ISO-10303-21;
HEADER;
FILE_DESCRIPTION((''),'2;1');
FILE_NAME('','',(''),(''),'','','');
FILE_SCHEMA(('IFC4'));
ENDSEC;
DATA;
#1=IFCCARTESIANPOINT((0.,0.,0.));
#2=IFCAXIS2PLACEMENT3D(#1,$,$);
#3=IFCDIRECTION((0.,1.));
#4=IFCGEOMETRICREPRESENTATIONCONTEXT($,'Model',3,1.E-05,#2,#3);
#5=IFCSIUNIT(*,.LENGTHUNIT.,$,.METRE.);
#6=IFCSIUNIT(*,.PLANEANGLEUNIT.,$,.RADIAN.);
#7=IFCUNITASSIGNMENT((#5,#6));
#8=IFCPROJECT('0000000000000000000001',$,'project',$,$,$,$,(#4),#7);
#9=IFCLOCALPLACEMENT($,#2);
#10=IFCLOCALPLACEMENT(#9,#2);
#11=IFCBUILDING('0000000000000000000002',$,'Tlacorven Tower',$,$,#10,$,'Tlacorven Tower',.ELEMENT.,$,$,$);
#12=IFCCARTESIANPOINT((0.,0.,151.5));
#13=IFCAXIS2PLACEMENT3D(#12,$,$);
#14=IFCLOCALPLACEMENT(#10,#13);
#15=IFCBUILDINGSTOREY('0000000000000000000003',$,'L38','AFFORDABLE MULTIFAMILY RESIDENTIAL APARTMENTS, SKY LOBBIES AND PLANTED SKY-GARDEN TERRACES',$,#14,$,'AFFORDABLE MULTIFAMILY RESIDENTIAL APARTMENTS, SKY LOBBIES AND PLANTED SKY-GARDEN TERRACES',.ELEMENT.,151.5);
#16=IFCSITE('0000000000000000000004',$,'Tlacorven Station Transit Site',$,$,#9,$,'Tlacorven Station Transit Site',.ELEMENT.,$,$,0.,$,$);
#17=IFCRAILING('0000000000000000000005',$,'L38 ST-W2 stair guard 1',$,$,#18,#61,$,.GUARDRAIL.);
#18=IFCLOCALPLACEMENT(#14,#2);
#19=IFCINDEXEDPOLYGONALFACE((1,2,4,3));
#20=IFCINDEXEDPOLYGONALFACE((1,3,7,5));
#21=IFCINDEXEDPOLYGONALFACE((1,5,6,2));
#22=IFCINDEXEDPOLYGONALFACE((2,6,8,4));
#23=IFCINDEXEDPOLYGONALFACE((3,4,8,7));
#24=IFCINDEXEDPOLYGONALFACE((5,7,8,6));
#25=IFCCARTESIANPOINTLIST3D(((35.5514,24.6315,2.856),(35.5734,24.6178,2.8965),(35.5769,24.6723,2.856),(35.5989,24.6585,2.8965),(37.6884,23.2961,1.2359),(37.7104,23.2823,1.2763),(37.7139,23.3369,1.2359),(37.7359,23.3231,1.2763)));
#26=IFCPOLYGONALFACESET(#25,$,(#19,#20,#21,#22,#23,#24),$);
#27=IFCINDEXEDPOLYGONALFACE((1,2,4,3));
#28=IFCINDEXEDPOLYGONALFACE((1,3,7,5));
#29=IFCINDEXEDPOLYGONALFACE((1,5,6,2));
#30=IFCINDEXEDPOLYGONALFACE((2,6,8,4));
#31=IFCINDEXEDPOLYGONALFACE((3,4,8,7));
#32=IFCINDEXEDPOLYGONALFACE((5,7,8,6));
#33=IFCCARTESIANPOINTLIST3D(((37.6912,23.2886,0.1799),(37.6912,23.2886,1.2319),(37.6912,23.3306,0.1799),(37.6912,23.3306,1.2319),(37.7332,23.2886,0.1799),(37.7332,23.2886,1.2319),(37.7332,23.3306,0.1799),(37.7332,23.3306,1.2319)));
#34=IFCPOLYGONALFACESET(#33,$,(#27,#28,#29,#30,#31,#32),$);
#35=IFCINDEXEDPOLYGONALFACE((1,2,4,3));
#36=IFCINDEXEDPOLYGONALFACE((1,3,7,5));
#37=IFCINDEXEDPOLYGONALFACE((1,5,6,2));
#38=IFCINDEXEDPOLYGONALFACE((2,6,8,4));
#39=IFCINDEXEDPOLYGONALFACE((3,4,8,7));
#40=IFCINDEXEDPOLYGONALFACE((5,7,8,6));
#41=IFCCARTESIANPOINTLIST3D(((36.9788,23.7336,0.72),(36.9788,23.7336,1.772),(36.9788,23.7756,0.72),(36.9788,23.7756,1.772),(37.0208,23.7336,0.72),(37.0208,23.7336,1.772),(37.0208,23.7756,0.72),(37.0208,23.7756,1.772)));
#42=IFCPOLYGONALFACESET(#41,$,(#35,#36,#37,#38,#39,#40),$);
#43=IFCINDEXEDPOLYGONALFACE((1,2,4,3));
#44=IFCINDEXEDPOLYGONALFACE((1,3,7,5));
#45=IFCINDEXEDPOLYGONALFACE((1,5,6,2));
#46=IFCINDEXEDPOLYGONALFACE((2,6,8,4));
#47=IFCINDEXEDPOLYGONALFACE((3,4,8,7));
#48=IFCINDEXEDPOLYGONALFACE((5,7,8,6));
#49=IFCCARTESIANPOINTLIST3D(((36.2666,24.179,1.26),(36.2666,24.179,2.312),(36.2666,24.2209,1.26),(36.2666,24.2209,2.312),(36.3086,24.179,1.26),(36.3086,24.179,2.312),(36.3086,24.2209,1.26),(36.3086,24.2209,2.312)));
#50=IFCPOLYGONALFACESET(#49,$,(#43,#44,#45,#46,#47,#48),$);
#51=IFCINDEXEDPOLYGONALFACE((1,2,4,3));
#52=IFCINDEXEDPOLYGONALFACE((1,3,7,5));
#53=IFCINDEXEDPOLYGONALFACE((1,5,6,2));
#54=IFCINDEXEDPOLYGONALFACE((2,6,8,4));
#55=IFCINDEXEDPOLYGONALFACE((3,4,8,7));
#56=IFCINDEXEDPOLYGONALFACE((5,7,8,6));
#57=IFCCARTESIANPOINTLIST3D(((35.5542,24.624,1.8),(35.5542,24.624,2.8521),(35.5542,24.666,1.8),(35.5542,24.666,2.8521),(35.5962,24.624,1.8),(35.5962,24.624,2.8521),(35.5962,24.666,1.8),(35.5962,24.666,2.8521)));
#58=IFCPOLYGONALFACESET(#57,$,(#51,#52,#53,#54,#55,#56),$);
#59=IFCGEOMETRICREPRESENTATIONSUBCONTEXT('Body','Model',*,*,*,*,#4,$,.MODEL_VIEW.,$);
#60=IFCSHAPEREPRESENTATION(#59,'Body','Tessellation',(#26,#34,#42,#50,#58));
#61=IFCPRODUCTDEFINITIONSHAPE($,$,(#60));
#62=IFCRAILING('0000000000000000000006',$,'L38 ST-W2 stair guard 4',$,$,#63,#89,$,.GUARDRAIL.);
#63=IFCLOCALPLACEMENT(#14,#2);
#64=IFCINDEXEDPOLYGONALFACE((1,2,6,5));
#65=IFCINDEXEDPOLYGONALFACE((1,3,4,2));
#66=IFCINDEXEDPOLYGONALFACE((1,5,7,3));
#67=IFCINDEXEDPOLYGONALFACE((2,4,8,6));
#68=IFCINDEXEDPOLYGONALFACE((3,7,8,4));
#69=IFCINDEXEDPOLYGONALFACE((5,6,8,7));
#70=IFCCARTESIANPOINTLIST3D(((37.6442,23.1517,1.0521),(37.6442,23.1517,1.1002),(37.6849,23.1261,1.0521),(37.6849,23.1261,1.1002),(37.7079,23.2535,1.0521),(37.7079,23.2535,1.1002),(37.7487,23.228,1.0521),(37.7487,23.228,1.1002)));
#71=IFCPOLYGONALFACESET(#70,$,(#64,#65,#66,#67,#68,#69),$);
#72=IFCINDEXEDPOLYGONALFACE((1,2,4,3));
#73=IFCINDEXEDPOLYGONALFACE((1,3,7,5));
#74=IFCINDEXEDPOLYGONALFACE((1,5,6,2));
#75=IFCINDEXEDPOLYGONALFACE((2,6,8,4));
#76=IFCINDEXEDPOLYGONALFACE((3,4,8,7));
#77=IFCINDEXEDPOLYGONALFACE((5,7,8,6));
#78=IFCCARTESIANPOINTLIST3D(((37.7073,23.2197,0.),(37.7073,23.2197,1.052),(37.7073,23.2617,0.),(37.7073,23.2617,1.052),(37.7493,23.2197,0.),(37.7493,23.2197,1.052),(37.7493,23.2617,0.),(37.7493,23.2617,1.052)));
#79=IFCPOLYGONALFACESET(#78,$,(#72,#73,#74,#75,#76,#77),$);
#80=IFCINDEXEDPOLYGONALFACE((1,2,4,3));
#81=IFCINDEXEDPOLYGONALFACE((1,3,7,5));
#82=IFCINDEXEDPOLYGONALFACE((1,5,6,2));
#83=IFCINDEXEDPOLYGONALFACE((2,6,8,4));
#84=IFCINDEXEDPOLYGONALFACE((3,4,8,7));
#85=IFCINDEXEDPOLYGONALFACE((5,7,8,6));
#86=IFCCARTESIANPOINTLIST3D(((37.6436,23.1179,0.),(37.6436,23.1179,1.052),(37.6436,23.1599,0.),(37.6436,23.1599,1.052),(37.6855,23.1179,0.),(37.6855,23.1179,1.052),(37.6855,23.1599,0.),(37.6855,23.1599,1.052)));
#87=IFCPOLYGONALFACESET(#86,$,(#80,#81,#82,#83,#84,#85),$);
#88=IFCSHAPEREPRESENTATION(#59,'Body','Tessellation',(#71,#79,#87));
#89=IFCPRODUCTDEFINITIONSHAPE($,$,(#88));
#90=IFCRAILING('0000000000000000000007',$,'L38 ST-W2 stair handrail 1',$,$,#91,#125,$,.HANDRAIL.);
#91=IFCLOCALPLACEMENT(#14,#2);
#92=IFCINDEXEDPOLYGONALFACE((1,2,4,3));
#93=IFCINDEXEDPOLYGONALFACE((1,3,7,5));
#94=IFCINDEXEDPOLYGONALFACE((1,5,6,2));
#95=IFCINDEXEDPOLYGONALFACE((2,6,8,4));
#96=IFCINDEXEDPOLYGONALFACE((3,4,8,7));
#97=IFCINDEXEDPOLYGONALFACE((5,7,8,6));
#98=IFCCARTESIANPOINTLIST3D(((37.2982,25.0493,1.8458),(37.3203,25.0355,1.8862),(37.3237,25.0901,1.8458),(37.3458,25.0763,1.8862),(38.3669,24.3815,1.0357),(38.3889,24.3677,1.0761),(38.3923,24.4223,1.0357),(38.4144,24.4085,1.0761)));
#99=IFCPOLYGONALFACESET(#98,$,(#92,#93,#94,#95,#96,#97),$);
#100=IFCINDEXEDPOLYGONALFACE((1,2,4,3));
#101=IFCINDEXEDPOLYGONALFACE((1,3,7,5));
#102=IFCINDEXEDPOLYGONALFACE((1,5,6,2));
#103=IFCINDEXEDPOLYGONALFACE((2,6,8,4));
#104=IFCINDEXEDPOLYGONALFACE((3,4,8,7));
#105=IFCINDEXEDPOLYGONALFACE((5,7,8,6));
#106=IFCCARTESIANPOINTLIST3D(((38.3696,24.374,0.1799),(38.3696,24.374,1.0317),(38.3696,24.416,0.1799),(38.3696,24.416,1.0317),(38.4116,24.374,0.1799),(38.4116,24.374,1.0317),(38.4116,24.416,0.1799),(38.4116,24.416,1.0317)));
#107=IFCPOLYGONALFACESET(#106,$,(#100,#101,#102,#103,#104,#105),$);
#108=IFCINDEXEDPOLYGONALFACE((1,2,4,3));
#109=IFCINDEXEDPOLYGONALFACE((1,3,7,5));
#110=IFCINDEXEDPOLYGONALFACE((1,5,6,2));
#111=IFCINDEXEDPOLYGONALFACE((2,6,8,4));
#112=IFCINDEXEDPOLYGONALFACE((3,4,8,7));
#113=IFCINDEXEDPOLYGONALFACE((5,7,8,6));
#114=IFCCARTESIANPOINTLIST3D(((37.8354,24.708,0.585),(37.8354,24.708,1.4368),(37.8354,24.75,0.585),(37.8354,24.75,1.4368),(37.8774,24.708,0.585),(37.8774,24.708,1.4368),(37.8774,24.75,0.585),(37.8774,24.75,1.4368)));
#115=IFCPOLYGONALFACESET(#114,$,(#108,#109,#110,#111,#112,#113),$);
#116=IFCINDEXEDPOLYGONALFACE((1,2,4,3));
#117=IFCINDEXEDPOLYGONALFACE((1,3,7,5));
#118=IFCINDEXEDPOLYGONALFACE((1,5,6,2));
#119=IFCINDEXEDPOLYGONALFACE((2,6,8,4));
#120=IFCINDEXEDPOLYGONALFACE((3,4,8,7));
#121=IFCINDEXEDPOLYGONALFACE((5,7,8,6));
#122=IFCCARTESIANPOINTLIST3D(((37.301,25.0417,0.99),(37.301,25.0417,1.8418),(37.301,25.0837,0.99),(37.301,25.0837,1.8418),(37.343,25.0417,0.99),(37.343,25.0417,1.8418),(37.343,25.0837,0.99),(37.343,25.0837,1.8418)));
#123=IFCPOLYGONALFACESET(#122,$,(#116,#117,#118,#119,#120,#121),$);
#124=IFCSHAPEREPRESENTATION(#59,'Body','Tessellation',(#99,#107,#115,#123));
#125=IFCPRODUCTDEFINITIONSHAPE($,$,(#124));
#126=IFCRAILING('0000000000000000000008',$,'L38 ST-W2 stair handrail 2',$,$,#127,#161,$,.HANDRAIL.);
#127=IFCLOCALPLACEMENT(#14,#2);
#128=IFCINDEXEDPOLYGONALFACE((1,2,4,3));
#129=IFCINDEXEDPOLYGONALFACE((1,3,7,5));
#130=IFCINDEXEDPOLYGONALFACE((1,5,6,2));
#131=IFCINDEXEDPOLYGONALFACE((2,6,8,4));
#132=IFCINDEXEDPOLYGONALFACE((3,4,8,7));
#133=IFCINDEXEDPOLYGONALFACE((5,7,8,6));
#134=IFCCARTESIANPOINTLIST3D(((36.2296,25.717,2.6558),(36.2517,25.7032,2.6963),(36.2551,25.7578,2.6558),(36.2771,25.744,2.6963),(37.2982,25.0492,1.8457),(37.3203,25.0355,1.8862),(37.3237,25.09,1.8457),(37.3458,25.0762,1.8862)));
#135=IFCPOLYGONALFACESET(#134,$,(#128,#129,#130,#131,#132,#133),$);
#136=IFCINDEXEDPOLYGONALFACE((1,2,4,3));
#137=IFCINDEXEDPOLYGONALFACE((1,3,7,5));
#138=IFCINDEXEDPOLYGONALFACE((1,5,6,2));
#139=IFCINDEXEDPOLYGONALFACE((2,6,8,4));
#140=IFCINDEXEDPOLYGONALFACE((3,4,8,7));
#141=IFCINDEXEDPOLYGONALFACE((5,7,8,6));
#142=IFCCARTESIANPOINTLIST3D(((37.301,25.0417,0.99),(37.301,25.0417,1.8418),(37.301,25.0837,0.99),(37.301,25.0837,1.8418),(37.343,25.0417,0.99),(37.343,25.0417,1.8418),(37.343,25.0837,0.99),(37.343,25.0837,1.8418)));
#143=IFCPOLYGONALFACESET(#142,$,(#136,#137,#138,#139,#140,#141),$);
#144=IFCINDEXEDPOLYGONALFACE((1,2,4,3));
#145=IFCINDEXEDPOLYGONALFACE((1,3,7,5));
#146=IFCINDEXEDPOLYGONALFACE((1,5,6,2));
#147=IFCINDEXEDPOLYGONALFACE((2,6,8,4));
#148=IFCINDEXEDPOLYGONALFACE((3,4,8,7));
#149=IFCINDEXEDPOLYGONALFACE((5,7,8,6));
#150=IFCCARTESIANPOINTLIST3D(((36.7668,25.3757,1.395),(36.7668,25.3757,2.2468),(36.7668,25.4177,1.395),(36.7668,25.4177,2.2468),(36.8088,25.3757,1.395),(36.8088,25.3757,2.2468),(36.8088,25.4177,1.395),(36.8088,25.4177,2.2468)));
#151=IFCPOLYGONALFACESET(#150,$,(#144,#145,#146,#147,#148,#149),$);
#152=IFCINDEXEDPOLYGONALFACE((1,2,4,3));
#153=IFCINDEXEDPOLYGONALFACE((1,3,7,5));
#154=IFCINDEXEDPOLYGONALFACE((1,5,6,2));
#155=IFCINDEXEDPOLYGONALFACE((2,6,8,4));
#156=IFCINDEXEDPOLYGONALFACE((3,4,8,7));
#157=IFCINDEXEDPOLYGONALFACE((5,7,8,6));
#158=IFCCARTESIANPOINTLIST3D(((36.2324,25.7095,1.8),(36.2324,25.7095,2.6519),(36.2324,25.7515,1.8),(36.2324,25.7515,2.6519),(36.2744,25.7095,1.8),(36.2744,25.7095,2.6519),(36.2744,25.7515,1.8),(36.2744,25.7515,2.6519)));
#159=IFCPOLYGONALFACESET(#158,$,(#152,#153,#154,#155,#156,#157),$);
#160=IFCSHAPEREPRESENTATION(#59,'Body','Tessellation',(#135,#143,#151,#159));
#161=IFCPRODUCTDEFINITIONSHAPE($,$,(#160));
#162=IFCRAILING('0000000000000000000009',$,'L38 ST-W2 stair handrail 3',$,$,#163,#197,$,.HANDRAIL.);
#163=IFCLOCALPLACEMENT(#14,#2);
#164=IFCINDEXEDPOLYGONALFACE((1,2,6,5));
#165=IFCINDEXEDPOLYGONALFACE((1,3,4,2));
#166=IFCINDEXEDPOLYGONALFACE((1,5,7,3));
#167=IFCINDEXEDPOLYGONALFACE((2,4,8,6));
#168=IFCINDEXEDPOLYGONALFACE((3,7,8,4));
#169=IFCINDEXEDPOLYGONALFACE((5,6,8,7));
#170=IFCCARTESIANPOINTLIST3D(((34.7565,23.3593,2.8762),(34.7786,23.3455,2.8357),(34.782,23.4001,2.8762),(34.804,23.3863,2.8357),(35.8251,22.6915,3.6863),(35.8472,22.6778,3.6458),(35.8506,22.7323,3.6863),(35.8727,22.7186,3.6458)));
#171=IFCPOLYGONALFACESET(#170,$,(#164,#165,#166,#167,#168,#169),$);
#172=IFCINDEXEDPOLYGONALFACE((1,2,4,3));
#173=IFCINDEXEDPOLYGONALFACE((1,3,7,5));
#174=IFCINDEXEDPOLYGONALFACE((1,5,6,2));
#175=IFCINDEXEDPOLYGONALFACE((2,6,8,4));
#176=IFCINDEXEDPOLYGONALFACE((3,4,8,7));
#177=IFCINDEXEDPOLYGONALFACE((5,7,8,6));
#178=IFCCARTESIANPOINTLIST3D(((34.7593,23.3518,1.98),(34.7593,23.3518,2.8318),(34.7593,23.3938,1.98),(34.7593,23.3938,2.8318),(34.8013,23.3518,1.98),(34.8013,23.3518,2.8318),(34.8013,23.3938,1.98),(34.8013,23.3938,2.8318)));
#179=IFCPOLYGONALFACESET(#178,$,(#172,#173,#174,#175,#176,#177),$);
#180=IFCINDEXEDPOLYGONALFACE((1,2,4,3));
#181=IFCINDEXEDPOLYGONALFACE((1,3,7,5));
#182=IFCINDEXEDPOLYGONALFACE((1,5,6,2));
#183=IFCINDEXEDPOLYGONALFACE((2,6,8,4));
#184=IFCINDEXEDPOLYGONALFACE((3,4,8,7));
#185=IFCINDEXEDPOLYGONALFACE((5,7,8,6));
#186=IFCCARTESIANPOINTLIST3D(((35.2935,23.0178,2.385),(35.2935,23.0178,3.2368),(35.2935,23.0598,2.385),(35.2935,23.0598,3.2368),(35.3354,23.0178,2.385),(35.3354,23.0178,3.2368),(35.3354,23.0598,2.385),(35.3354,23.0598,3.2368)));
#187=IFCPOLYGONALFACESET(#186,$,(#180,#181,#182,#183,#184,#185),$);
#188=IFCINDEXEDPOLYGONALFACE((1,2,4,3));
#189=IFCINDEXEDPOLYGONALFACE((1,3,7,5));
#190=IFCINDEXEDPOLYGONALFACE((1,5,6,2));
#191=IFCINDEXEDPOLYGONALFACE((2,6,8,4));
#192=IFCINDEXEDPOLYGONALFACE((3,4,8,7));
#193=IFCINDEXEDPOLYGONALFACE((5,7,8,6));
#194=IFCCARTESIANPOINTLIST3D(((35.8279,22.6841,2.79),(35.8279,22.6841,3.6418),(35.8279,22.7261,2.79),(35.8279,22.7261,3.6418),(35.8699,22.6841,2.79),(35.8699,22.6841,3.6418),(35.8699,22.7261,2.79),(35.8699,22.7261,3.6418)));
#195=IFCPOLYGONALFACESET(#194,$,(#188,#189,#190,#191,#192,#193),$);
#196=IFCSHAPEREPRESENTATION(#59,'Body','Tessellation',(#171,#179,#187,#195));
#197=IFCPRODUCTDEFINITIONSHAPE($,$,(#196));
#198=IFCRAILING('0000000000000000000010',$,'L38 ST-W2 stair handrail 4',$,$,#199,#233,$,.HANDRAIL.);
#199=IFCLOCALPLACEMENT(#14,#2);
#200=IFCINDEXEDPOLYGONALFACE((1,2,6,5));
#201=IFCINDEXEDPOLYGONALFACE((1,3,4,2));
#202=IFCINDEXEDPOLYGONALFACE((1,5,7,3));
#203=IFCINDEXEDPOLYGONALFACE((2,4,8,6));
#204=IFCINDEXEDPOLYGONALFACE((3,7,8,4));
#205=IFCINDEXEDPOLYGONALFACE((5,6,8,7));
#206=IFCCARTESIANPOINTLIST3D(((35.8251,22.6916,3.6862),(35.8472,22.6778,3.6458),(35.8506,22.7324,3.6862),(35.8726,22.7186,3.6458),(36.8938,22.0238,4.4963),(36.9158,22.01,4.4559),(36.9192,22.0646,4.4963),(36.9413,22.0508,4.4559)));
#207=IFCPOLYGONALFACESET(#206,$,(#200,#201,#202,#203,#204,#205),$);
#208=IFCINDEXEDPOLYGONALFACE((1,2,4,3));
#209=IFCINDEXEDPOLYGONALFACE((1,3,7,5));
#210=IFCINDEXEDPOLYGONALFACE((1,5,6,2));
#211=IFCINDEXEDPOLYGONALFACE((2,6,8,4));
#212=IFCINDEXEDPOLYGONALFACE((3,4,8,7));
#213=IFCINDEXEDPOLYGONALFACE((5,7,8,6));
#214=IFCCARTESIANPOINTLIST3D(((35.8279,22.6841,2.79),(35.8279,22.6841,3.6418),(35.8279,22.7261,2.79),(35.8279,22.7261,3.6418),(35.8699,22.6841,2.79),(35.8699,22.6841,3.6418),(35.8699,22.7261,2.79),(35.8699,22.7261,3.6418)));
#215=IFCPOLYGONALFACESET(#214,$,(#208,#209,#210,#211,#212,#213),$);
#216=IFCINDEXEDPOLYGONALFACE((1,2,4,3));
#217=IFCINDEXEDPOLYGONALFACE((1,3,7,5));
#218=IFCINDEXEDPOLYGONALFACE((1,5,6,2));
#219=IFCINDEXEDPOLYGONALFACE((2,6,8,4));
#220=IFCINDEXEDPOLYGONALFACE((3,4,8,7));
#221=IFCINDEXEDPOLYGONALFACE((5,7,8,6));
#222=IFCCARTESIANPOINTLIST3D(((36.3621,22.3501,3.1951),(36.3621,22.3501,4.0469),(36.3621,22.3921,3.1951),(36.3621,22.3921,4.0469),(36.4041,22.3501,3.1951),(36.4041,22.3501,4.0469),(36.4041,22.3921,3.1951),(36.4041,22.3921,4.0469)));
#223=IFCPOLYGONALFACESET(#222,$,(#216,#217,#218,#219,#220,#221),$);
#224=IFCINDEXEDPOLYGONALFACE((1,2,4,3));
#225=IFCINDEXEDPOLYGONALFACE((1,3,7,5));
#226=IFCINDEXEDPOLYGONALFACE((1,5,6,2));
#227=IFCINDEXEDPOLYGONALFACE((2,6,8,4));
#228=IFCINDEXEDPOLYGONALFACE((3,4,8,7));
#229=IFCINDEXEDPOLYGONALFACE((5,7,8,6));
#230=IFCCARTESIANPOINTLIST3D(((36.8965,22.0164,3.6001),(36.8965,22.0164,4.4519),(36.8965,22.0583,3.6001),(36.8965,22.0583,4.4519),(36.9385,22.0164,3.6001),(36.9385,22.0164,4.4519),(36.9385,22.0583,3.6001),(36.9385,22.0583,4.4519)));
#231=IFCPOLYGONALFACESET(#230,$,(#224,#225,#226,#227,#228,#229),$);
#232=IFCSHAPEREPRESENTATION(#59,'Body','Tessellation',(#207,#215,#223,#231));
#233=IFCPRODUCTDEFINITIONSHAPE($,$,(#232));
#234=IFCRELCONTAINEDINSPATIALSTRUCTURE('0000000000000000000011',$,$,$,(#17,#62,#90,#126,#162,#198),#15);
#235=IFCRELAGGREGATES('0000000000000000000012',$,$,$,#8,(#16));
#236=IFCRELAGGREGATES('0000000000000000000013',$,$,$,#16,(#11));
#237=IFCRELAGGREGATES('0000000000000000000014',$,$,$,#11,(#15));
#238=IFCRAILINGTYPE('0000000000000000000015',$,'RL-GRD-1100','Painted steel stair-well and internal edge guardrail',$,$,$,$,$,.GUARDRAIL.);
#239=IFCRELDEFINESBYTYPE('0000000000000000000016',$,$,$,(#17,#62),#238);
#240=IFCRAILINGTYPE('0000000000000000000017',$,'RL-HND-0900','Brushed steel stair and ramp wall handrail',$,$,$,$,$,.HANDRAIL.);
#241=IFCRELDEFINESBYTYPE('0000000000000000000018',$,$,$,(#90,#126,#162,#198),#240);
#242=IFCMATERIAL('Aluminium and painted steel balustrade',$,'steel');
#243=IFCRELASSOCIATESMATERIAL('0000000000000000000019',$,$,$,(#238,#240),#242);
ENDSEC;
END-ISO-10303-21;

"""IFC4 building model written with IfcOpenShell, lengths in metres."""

from ifc_helpers import new_model, si_unit, direction, frame, origin, origin_2d, place, context, subcontext, project, spatial, rectangle, extrude, source, transform, mapped, material, type_object, element, save


model = new_model("IFC4")

# Units and contexts
model_context = context("Model", 3, precision=1e-05, world=origin(), true_north=direction((0.0, 1.0)))
body_context = subcontext(model_context, "Body", "Model", "MODEL_VIEW")
ifc_project = project(units=[si_unit("LENGTHUNIT", "METRE"), si_unit("PLANEANGLEUNIT", "RADIAN")], contexts=[model_context])

# Site, building, storey
site_placement = place(None, origin())
site = spatial("IfcSite", under=ifc_project, at=site_placement, Name="Tlacorven Station Transit Site", LongName="Tlacorven Station Transit Site", CompositionType="ELEMENT", RefElevation=0.0)
building_placement = place(site_placement, origin())
building = spatial("IfcBuilding", under=site, at=building_placement, Name="Tlacorven Tower", LongName="Tlacorven Tower", CompositionType="ELEMENT")
storey_placement = place(building_placement, frame((0.0, 0.0, 151.5)))
storey = spatial("IfcBuildingStorey", under=building, at=storey_placement, Name="L38", Description="AFFORDABLE MULTIFAMILY RESIDENTIAL APARTMENTS, SKY LOBBIES AND PLANTED SKY-GARDEN TERRACES", LongName="AFFORDABLE MULTIFAMILY RESIDENTIAL APARTMENTS, SKY LOBBIES AND PLANTED SKY-GARDEN TERRACES", CompositionType="ELEMENT", Elevation=151.5)

# Railings
ifc_material_1 = material(Name="Aluminium and painted steel balustrade", Category="steel")
railing_type_1 = type_object("IfcRailingType", Name="RL-GRD-1100", Description="Painted steel stair-well and internal edge guardrail", PredefinedType="GUARDRAIL", material=ifc_material_1)
shared_shape_1 = source(origin(), body_context, "Body", "SweptSolid", [
    extrude(rectangle(XDim=0.0481, YDim=0.0481, at=origin_2d()), frame((0.0, 0.0, 1.0762), z_axis=(-0.71332, 0.445774, 0.540796), x_axis=(-0.529955, -0.848026, 0.0)), (0.0, 0.0, 1.0), 2.9958),
    extrude(rectangle(XDim=0.042, YDim=0.042, at=origin_2d()), origin(), (0.0, 0.0, 1.0), 1.052),
    extrude(rectangle(XDim=0.042, YDim=0.042, at=origin_2d()), frame((-0.7124, 0.4451, 0.54)), (0.0, 0.0, 1.0), 1.052),
    extrude(rectangle(XDim=0.042, YDim=0.042, at=origin_2d()), frame((-1.4246, 0.8904, 1.0801)), (0.0, 0.0, 1.0), 1.052),
    extrude(rectangle(XDim=0.042, YDim=0.042, at=origin_2d()), frame((-2.137, 1.3354, 1.6201)), (0.0, 0.0, 1.0), 1.052),
])
railing_1_placement = place(storey_placement, frame((37.7122, 23.3096, 0.1799)))
element("IfcRailing", 1, at=railing_1_placement, inside=storey, type_object=railing_type_1, Name="L38 ST-W2 stair guard 1", PredefinedType="GUARDRAIL", context=body_context, shape_type="MappedRepresentation", body=[
    mapped(shared_shape_1, transform((0.0, 0.0, 0.0), scale=1.0)),
])
shared_shape_2 = source(origin(), body_context, "Body", "SweptSolid", [
    extrude(rectangle(XDim=0.0481, YDim=0.0481, at=origin_2d()), frame((0.0, 0.0, 1.0762), z_axis=(-0.530547, -0.847656, 0.0), x_axis=(0.847656, -0.530547, 0.0)), (0.0, 0.0, 1.0), 0.1201),
    extrude(rectangle(XDim=0.042, YDim=0.042, at=origin_2d()), origin(), (0.0, 0.0, 1.0), 1.052),
    extrude(rectangle(XDim=0.042, YDim=0.042, at=origin_2d()), frame((-0.0637, -0.1018, 0.0)), (0.0, 0.0, 1.0), 1.052),
])
railing_2_placement = place(storey_placement, frame((37.7283, 23.2407, 0.0)))
element("IfcRailing", 2, at=railing_2_placement, inside=storey, type_object=railing_type_1, Name="L38 ST-W2 stair guard 4", PredefinedType="GUARDRAIL", context=body_context, shape_type="MappedRepresentation", body=[
    mapped(shared_shape_2, transform((0.0, 0.0, 0.0), scale=1.0)),
])
railing_type_2 = type_object("IfcRailingType", Name="RL-HND-0900", Description="Brushed steel stair and ramp wall handrail", PredefinedType="HANDRAIL", material=ifc_material_1)
shared_shape_3 = source(origin(), body_context, "Body", "SweptSolid", [
    extrude(rectangle(XDim=0.0481, YDim=0.0481, at=origin_2d()), frame((0.0, 0.0, 0.876), z_axis=(-0.71336, 0.445748, 0.540765), x_axis=(-0.529912, -0.848053, 0.0)), (0.0, 0.0, 1.0), 1.498),
    extrude(rectangle(XDim=0.042, YDim=0.042, at=origin_2d()), origin(), (0.0, 0.0, 1.0), 0.8518),
    extrude(rectangle(XDim=0.042, YDim=0.042, at=origin_2d()), frame((-0.5342, 0.334, 0.405)), (0.0, 0.0, 1.0), 0.8518),
    extrude(rectangle(XDim=0.042, YDim=0.042, at=origin_2d()), frame((-1.0686, 0.6677, 0.8101)), (0.0, 0.0, 1.0), 0.8518),
])
for number, where, name in (
    (3, (38.3906, 24.395, 0.1799), "L38 ST-W2 stair handrail 1"),
    (4, (37.322, 25.0627, 0.99), "L38 ST-W2 stair handrail 2"),
):
    element("IfcRailing", number, at=place(storey_placement, frame(where)), inside=storey, type_object=railing_type_2, Name=name, PredefinedType="HANDRAIL", context=body_context, shape_type="MappedRepresentation", body=[
        mapped(shared_shape_3, transform((0.0, 0.0, 0.0), scale=1.0)),
    ])
shared_shape_4 = source(origin(), body_context, "Body", "SweptSolid", [
    extrude(rectangle(XDim=0.0481, YDim=0.0481, at=origin_2d()), frame((0.0, 0.0, 0.876), z_axis=(0.71336, -0.445748, 0.540765), x_axis=(0.529912, 0.848053, 0.0)), (0.0, 0.0, 1.0), 1.498),
    extrude(rectangle(XDim=0.042, YDim=0.042, at=origin_2d()), origin(), (0.0, 0.0, 1.0), 0.8518),
    extrude(rectangle(XDim=0.042, YDim=0.042, at=origin_2d()), frame((0.5342, -0.334, 0.405)), (0.0, 0.0, 1.0), 0.8518),
    extrude(rectangle(XDim=0.042, YDim=0.042, at=origin_2d()), frame((1.0686, -0.6677, 0.8101)), (0.0, 0.0, 1.0), 0.8518),
])
for number, where, name in (
    (5, (34.7803, 23.3728, 1.98), "L38 ST-W2 stair handrail 3"),
    (6, (35.8489, 22.7051, 2.79), "L38 ST-W2 stair handrail 4"),
):
    element("IfcRailing", number, at=place(storey_placement, frame(where)), inside=storey, type_object=railing_type_2, Name=name, PredefinedType="HANDRAIL", context=body_context, shape_type="MappedRepresentation", body=[
        mapped(shared_shape_4, transform((0.0, 0.0, 0.0), scale=1.0)),
    ])

save(model, "model.ifc")
